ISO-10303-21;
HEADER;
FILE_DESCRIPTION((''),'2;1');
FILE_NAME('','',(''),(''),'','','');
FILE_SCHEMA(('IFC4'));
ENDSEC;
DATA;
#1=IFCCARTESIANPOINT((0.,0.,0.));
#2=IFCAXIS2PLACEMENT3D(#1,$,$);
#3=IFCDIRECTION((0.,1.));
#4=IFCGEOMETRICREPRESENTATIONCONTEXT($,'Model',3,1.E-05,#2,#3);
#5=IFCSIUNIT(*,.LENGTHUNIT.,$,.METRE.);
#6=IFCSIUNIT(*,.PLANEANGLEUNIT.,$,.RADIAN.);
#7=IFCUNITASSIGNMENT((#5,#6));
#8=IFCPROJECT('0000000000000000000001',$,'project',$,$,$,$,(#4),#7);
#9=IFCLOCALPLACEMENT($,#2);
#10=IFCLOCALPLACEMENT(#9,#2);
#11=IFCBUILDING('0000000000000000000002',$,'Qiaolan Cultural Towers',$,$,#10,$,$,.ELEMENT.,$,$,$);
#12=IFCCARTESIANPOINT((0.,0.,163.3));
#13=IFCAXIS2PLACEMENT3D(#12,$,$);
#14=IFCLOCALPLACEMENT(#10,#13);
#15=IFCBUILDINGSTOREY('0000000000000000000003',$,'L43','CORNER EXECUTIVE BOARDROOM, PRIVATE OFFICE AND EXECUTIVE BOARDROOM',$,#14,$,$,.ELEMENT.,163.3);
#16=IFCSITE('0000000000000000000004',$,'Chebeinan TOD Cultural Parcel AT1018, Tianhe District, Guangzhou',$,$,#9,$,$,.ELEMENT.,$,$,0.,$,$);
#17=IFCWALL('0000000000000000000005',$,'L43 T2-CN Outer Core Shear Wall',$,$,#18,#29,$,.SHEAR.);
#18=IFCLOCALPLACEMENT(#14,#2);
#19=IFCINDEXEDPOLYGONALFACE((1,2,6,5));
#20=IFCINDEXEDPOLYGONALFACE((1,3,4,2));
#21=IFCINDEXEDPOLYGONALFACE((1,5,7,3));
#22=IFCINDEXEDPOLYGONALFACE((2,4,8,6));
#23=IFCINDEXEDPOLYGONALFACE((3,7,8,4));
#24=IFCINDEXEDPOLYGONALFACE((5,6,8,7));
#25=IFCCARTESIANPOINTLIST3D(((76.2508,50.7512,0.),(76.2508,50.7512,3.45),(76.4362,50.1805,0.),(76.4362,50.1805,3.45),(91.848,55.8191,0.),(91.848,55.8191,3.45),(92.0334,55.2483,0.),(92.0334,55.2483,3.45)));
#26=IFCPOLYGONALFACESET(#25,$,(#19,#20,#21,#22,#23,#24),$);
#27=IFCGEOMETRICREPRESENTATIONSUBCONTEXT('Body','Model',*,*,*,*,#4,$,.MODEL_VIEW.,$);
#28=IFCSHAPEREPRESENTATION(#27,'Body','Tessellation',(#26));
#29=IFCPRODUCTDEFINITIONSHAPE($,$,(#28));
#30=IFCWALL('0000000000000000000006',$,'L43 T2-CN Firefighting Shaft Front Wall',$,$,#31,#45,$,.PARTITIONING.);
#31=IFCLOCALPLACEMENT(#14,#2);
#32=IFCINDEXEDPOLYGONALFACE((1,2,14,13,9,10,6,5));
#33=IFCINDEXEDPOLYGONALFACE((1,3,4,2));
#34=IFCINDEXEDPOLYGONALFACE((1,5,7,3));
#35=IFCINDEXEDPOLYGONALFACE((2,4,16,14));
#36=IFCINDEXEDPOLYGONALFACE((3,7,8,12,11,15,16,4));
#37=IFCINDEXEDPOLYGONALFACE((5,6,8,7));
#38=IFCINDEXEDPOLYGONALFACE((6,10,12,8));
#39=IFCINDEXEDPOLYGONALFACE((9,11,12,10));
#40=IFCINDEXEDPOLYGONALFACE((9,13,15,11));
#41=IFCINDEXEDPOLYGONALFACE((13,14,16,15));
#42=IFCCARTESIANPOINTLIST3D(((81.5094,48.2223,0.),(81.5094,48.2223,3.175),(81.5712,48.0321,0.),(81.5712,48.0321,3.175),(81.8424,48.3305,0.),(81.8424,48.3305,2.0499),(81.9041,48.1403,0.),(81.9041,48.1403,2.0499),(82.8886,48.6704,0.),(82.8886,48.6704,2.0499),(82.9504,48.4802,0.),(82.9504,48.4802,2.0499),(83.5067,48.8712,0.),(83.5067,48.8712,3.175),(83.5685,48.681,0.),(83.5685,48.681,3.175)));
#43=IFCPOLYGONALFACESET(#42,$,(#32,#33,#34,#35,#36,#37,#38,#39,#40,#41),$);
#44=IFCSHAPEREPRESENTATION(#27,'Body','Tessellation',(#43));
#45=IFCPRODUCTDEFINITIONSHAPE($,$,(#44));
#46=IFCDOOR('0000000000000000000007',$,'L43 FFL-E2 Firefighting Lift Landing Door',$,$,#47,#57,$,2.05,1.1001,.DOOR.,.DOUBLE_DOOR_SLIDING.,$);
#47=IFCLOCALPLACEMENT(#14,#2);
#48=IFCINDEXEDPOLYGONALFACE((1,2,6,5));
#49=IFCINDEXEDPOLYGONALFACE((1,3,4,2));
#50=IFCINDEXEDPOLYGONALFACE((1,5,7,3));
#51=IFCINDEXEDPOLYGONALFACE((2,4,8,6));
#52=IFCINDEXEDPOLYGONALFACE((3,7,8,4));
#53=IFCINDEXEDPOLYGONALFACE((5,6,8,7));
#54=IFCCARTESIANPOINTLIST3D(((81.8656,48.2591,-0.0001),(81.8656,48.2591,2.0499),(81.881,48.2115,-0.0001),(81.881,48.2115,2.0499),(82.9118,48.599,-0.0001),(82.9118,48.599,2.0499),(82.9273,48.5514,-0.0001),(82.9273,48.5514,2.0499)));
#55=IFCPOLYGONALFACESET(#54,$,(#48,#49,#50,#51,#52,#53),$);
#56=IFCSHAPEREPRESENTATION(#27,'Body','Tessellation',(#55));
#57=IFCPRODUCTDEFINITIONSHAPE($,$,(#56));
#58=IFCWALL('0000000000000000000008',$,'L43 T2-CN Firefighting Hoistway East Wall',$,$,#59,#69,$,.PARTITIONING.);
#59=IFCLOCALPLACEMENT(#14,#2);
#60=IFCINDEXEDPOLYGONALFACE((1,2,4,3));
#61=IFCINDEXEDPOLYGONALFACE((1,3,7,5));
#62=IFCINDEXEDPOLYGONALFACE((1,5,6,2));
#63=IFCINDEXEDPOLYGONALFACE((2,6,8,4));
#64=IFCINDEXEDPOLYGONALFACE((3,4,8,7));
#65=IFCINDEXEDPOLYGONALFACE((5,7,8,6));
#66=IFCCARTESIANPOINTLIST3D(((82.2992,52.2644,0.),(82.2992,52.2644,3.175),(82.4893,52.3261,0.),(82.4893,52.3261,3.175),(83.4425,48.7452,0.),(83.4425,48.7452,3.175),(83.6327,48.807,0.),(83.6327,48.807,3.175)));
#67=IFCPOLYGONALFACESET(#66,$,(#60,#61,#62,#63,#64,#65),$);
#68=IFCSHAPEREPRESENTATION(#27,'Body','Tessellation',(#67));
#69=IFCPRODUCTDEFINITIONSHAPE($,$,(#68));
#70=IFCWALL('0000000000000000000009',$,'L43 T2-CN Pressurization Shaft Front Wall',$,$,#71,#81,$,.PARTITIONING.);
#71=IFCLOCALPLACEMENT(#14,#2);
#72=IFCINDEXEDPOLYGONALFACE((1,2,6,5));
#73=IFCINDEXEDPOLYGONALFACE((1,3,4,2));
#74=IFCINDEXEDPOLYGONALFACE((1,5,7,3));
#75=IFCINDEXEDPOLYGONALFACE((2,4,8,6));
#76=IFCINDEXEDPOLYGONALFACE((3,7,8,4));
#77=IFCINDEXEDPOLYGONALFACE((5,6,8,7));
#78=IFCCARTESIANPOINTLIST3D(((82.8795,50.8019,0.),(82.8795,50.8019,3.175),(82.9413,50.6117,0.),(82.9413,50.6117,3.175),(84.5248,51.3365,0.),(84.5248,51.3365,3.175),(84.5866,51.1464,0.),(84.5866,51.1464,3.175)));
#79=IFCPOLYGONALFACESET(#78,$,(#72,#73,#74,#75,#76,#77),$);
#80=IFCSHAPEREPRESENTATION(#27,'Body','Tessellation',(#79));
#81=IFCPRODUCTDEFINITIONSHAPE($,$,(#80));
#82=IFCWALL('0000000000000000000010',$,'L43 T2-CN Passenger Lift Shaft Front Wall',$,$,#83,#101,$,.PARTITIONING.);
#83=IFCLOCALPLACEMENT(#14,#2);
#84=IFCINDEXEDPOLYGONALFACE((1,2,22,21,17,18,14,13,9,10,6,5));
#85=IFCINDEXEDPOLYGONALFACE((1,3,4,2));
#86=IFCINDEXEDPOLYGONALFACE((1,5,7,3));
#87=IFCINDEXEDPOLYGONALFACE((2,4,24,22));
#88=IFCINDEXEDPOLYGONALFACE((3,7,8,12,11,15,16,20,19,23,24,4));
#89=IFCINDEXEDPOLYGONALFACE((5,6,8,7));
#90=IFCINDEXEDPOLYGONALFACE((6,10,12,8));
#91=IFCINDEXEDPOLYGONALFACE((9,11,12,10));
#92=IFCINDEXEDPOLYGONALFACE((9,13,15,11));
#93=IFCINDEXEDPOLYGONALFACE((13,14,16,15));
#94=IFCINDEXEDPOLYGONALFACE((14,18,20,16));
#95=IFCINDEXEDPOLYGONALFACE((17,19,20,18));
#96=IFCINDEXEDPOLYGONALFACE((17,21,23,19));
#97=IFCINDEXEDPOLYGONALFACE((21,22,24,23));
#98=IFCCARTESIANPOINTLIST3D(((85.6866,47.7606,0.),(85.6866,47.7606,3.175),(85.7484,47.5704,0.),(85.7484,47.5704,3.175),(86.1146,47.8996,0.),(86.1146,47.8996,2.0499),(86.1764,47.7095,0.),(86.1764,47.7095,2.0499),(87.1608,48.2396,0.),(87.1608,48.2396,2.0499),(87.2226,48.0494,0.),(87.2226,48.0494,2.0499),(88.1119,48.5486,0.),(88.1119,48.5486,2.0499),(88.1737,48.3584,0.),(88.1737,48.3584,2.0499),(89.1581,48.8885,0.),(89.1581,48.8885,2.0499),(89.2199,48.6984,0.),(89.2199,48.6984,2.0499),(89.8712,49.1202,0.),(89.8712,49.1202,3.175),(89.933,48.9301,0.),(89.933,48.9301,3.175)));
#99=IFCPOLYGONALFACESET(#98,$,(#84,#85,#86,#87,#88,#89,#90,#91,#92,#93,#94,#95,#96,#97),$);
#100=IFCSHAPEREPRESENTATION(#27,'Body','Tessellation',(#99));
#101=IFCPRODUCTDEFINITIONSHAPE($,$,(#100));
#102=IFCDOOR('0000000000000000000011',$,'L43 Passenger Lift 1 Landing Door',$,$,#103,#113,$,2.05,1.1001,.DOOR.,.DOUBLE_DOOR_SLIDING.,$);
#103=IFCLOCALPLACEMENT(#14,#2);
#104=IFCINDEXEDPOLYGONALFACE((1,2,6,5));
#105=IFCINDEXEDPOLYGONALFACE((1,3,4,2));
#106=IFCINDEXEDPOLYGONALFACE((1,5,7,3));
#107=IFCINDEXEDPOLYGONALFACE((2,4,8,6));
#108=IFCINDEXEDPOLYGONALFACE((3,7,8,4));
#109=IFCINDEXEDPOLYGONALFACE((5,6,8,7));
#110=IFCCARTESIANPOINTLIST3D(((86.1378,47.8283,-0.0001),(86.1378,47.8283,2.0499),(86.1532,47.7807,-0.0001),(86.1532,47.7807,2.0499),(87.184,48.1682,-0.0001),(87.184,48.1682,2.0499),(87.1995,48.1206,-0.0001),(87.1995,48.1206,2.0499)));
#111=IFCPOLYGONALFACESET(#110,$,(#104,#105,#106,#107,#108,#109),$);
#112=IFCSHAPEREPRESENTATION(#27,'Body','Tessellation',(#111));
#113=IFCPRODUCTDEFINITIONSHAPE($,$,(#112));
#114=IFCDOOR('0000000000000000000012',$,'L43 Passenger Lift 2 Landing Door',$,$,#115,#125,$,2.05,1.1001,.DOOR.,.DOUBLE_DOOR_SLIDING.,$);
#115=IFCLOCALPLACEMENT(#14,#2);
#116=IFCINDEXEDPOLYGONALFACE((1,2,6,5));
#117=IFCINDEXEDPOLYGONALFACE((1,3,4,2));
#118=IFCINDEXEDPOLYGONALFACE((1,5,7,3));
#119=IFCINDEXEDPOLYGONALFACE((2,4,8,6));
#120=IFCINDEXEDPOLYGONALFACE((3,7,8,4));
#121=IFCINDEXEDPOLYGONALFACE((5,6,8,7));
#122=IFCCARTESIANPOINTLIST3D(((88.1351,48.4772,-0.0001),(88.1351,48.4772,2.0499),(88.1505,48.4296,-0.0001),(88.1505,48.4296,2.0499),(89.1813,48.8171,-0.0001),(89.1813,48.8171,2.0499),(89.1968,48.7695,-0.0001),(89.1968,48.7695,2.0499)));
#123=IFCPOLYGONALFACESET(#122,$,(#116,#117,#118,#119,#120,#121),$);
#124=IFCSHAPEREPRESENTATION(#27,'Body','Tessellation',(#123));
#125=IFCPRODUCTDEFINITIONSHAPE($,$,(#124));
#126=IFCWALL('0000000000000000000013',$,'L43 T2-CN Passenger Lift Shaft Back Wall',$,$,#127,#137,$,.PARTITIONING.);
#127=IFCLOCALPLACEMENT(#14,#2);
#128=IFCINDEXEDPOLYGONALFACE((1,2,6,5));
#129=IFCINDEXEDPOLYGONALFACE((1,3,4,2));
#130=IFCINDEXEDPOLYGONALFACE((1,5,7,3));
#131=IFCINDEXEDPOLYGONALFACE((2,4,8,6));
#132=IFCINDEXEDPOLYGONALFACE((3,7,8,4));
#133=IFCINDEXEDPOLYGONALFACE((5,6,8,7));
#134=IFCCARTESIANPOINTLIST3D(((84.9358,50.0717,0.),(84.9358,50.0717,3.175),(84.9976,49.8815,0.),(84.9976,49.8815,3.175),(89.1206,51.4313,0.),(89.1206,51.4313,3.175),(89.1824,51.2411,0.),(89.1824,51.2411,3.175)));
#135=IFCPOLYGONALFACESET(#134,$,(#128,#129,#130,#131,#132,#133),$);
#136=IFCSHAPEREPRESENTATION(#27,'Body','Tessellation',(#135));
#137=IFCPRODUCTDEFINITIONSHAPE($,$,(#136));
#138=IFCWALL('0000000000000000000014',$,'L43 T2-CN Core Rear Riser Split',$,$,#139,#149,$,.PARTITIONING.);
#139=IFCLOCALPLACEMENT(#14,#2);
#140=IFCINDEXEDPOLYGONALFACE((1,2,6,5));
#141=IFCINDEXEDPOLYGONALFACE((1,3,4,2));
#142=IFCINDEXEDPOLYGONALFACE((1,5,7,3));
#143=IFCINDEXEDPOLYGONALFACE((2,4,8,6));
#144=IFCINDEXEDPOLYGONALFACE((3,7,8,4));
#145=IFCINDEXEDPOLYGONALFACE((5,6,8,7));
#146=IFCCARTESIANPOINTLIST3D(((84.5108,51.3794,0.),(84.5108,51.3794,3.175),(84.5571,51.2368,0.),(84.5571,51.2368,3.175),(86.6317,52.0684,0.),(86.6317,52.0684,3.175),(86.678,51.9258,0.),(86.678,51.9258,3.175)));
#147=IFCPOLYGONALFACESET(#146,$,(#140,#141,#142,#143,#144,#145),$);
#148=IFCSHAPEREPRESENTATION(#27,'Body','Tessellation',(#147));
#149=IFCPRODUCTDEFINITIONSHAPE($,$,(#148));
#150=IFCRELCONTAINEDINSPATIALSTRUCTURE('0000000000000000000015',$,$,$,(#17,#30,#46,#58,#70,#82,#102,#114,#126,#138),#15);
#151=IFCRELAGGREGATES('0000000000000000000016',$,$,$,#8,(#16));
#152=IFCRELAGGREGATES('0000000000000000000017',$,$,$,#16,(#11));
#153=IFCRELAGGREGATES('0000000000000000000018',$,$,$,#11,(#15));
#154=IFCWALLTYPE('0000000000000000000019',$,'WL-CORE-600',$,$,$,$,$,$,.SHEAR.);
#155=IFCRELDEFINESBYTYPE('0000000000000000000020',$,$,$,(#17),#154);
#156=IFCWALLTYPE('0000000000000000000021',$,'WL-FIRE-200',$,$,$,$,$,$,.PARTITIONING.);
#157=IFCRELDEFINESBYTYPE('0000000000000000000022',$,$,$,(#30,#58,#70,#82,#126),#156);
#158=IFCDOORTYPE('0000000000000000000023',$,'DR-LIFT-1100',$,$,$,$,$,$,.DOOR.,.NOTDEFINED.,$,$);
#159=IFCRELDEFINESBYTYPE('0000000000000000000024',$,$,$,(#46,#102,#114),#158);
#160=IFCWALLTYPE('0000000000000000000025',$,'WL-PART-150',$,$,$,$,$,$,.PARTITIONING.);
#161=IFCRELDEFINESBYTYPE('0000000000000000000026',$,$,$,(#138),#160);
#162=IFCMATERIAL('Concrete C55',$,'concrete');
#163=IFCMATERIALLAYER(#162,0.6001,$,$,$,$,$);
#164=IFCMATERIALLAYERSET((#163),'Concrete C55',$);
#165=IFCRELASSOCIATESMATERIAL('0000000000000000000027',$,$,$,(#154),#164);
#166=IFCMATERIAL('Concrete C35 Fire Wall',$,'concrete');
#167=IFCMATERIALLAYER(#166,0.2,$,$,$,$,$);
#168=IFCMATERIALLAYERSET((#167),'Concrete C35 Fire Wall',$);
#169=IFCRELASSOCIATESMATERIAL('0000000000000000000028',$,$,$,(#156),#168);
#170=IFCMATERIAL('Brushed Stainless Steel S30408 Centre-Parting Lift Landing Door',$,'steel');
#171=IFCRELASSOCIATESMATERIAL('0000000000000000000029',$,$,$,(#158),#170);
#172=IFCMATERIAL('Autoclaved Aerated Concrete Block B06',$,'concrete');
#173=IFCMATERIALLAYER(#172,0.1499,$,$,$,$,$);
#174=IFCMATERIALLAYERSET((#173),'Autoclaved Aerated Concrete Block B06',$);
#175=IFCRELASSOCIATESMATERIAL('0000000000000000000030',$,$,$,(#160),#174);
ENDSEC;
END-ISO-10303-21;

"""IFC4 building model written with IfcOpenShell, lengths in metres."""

from ifc_helpers import new_model, si_unit, direction, frame, frame_2d, origin, place, context, subcontext, project, spatial, rectangle, extrude, material, layer, layer_set, type_object, element, fill, save


model = new_model("IFC4")

# Units and contexts
model_context = context("Model", 3, precision=1e-05, world=origin(), true_north=direction((0.0, 1.0)))
body_context = subcontext(model_context, "Body", "Model", "MODEL_VIEW")
ifc_project = project(units=[si_unit("LENGTHUNIT", "METRE"), si_unit("PLANEANGLEUNIT", "RADIAN")], contexts=[model_context])

# Site, building, storey
site_placement = place(None, origin())
site = spatial("IfcSite", under=ifc_project, at=site_placement, Name="Chebeinan TOD Cultural Parcel AT1018, Tianhe District, Guangzhou", CompositionType="ELEMENT", RefElevation=0.0)
building_placement = place(site_placement, origin())
building = spatial("IfcBuilding", under=site, at=building_placement, Name="Qiaolan Cultural Towers", CompositionType="ELEMENT")
storey_placement = place(building_placement, frame((0.0, 0.0, 163.3)))
storey = spatial("IfcBuildingStorey", under=building, at=storey_placement, Name="L43", Description="CORNER EXECUTIVE BOARDROOM, PRIVATE OFFICE AND EXECUTIVE BOARDROOM", CompositionType="ELEMENT", Elevation=163.3)

# Wall
ifc_material_1 = material(Name="Concrete C55", Category="concrete")
ifc_layer_1 = layer(ifc_material_1, 0.6001)
ifc_layer_set_1 = layer_set([ifc_layer_1], Name="Concrete C55")
wall_type_1 = type_object("IfcWallType", Name="WL-CORE-600", PredefinedType="SHEAR", material=ifc_layer_set_1)
wall_1_placement = place(storey_placement, frame((76.3435, 50.4658, 0.0), z_axis=(0.0, 0.0, 1.0), x_axis=(0.951056, 0.309019, 0.0)))
element("IfcWall", 1, at=wall_1_placement, inside=storey, type_object=wall_type_1, Name="L43 T2-CN Outer Core Shear Wall", PredefinedType="SHEAR", context=body_context, shape_type="SweptSolid", body=[
    extrude(rectangle(XDim=16.3999, YDim=0.6001, at=frame_2d((8.2, 0.0))), origin(), (0.0, 0.0, 1.0), 3.45),
])

# Wall, opening, door
ifc_material_2 = material(Name="Concrete C35 Fire Wall", Category="concrete")
ifc_layer_2 = layer(ifc_material_2, 0.2)
ifc_layer_set_2 = layer_set([ifc_layer_2], Name="Concrete C35 Fire Wall")
wall_type_2 = type_object("IfcWallType", Name="WL-FIRE-200", PredefinedType="PARTITIONING", material=ifc_layer_set_2)
wall_2_placement = place(storey_placement, frame((81.5403, 48.1272, 0.0), z_axis=(0.0, 0.0, 1.0), x_axis=(0.951062, 0.308999, 0.0)))
wall_2 = element("IfcWall", 2, at=wall_2_placement, inside=storey, type_object=wall_type_2, Name="L43 T2-CN Firefighting Shaft Front Wall", PredefinedType="PARTITIONING", context=body_context, shape_type="SweptSolid", body=[
    extrude(rectangle(XDim=2.1001, YDim=0.2, at=frame_2d((1.05, 0.0))), origin(), (0.0, 0.0, 1.0), 3.175),
])
opening_1_placement = place(wall_2_placement, frame((0.3501, 0.0, 0.0)))
opening_1 = element("IfcOpeningElement", 3, at=opening_1_placement, cuts=wall_2, PredefinedType="OPENING", context=body_context, shape_type="SweptSolid", body=[
    extrude(rectangle(XDim=1.1001, YDim=2.05, at=frame_2d((0.55, 1.0249))), frame((0.0, 0.1099, 0.0), z_axis=(0.0, -1.0, 0.0), x_axis=(1.0, 0.0, 0.0)), (0.0, 0.0, 1.0), 0.22),
])
ifc_material_3 = material(Name="Brushed Stainless Steel S30408 Centre-Parting Lift Landing Door", Category="steel")
door_type = type_object("IfcDoorType", Name="DR-LIFT-1100", OperationType="NOTDEFINED", PredefinedType="DOOR", material=ifc_material_3)
door_1_placement = place(opening_1_placement, origin())
door_1 = element("IfcDoor", 4, at=door_1_placement, inside=storey, type_object=door_type, Name="L43 FFL-E2 Firefighting Lift Landing Door", OperationType="DOUBLE_DOOR_SLIDING", OverallHeight=2.05, OverallWidth=1.1001, PredefinedType="DOOR", context=body_context, shape_type="SweptSolid", body=[
    extrude(rectangle(XDim=1.1001, YDim=2.05, at=frame_2d((0.55, 1.0249))), frame((0.0, 0.0249, 0.0), z_axis=(0.0, -1.0, 0.0), x_axis=(1.0, 0.0, 0.0)), (0.0, 0.0, 1.0), 0.05),
])
fill(opening_1, door_1)

# Walls
wall_3_placement = place(storey_placement, frame((83.5376, 48.7761, 0.0), z_axis=(0.0, 0.0, 1.0), x_axis=(-0.308994, 0.951064, 0.0)))
element("IfcWall", 5, at=wall_3_placement, inside=storey, type_object=wall_type_2, Name="L43 T2-CN Firefighting Hoistway East Wall", PredefinedType="PARTITIONING", context=body_context, shape_type="SweptSolid", body=[
    extrude(rectangle(XDim=3.7002, YDim=0.2, at=frame_2d((1.8501, 0.0))), origin(), (0.0, 0.0, 1.0), 3.175),
])
wall_4_placement = place(storey_placement, frame((82.9104, 50.7068, 0.0), z_axis=(0.0, 0.0, 1.0), x_axis=(0.951041, 0.309064, 0.0)))
element("IfcWall", 6, at=wall_4_placement, inside=storey, type_object=wall_type_2, Name="L43 T2-CN Pressurization Shaft Front Wall", PredefinedType="PARTITIONING", context=body_context, shape_type="SweptSolid", body=[
    extrude(rectangle(XDim=1.73, YDim=0.2, at=frame_2d((0.865, 0.0))), origin(), (0.0, 0.0, 1.0), 3.175),
])

# Wall, openings, doors
wall_5_placement = place(storey_placement, frame((85.7175, 47.6655, 0.0), z_axis=(0.0, 0.0, 1.0), x_axis=(0.951059, 0.309011, 0.0)))
wall_5 = element("IfcWall", 7, at=wall_5_placement, inside=storey, type_object=wall_type_2, Name="L43 T2-CN Passenger Lift Shaft Front Wall", PredefinedType="PARTITIONING", context=body_context, shape_type="SweptSolid", body=[
    extrude(rectangle(XDim=4.3999, YDim=0.2, at=frame_2d((2.2, 0.0))), origin(), (0.0, 0.0, 1.0), 3.175),
])
opening_2_placement = place(wall_5_placement, frame((0.45, 0.0, 0.0)))
opening_2 = element("IfcOpeningElement", 8, at=opening_2_placement, cuts=wall_5, PredefinedType="OPENING", context=body_context, shape_type="SweptSolid", body=[
    extrude(rectangle(XDim=1.1001, YDim=2.05, at=frame_2d((0.55, 1.0249))), frame((0.0, 0.1099, 0.0), z_axis=(0.0, -1.0, 0.0), x_axis=(1.0, 0.0, 0.0)), (0.0, 0.0, 1.0), 0.22),
])
opening_3_placement = place(wall_5_placement, frame((2.55, 0.0, 0.0)))
opening_3 = element("IfcOpeningElement", 9, at=opening_3_placement, cuts=wall_5, PredefinedType="OPENING", context=body_context, shape_type="SweptSolid", body=[
    extrude(rectangle(XDim=1.1001, YDim=2.05, at=frame_2d((0.55, 1.0249))), frame((0.0, 0.1099, 0.0), z_axis=(0.0, -1.0, 0.0), x_axis=(1.0, 0.0, 0.0)), (0.0, 0.0, 1.0), 0.22),
])
door_2_placement = place(opening_2_placement, origin())
door_2 = element("IfcDoor", 10, at=door_2_placement, inside=storey, type_object=door_type, Name="L43 Passenger Lift 1 Landing Door", OperationType="DOUBLE_DOOR_SLIDING", OverallHeight=2.05, OverallWidth=1.1001, PredefinedType="DOOR", context=body_context, shape_type="SweptSolid", body=[
    extrude(rectangle(XDim=1.1001, YDim=2.05, at=frame_2d((0.55, 1.0249))), frame((0.0, 0.0249, 0.0), z_axis=(0.0, -1.0, 0.0), x_axis=(1.0, 0.0, 0.0)), (0.0, 0.0, 1.0), 0.05),
])
fill(opening_2, door_2)
door_3_placement = place(opening_3_placement, origin())
door_3 = element("IfcDoor", 11, at=door_3_placement, inside=storey, type_object=door_type, Name="L43 Passenger Lift 2 Landing Door", OperationType="DOUBLE_DOOR_SLIDING", OverallHeight=2.05, OverallWidth=1.1001, PredefinedType="DOOR", context=body_context, shape_type="SweptSolid", body=[
    extrude(rectangle(XDim=1.1001, YDim=2.05, at=frame_2d((0.55, 1.0249))), frame((0.0, 0.0249, 0.0), z_axis=(0.0, -1.0, 0.0), x_axis=(1.0, 0.0, 0.0)), (0.0, 0.0, 1.0), 0.05),
])
fill(opening_3, door_3)

# Walls
wall_6_placement = place(storey_placement, frame((84.9666, 49.9766, 0.0), z_axis=(0.0, 0.0, 1.0), x_axis=(0.951064, 0.308994, 0.0)))
element("IfcWall", 12, at=wall_6_placement, inside=storey, type_object=wall_type_2, Name="L43 T2-CN Passenger Lift Shaft Back Wall", PredefinedType="PARTITIONING", context=body_context, shape_type="SweptSolid", body=[
    extrude(rectangle(XDim=4.4001, YDim=0.2, at=frame_2d((2.2002, 0.0))), origin(), (0.0, 0.0, 1.0), 3.175),
])
ifc_material_4 = material(Name="Autoclaved Aerated Concrete Block B06", Category="concrete")
ifc_layer_3 = layer(ifc_material_4, 0.1499)
ifc_layer_set_3 = layer_set([ifc_layer_3], Name="Autoclaved Aerated Concrete Block B06")
wall_type_3 = type_object("IfcWallType", Name="WL-PART-150", PredefinedType="PARTITIONING", material=ifc_layer_set_3)
wall_7_placement = place(storey_placement, frame((84.5339, 51.3081, 0.0), z_axis=(0.0, 0.0, 1.0), x_axis=(0.951075, 0.30896, 0.0)))
element("IfcWall", 13, at=wall_7_placement, inside=storey, type_object=wall_type_3, Name="L43 T2-CN Core Rear Riser Split", PredefinedType="PARTITIONING", context=body_context, shape_type="SweptSolid", body=[
    extrude(rectangle(XDim=2.23, YDim=0.1499, at=frame_2d((1.115, 0.0))), origin(), (0.0, 0.0, 1.0), 3.175),
])

save(model, "model.ifc")
